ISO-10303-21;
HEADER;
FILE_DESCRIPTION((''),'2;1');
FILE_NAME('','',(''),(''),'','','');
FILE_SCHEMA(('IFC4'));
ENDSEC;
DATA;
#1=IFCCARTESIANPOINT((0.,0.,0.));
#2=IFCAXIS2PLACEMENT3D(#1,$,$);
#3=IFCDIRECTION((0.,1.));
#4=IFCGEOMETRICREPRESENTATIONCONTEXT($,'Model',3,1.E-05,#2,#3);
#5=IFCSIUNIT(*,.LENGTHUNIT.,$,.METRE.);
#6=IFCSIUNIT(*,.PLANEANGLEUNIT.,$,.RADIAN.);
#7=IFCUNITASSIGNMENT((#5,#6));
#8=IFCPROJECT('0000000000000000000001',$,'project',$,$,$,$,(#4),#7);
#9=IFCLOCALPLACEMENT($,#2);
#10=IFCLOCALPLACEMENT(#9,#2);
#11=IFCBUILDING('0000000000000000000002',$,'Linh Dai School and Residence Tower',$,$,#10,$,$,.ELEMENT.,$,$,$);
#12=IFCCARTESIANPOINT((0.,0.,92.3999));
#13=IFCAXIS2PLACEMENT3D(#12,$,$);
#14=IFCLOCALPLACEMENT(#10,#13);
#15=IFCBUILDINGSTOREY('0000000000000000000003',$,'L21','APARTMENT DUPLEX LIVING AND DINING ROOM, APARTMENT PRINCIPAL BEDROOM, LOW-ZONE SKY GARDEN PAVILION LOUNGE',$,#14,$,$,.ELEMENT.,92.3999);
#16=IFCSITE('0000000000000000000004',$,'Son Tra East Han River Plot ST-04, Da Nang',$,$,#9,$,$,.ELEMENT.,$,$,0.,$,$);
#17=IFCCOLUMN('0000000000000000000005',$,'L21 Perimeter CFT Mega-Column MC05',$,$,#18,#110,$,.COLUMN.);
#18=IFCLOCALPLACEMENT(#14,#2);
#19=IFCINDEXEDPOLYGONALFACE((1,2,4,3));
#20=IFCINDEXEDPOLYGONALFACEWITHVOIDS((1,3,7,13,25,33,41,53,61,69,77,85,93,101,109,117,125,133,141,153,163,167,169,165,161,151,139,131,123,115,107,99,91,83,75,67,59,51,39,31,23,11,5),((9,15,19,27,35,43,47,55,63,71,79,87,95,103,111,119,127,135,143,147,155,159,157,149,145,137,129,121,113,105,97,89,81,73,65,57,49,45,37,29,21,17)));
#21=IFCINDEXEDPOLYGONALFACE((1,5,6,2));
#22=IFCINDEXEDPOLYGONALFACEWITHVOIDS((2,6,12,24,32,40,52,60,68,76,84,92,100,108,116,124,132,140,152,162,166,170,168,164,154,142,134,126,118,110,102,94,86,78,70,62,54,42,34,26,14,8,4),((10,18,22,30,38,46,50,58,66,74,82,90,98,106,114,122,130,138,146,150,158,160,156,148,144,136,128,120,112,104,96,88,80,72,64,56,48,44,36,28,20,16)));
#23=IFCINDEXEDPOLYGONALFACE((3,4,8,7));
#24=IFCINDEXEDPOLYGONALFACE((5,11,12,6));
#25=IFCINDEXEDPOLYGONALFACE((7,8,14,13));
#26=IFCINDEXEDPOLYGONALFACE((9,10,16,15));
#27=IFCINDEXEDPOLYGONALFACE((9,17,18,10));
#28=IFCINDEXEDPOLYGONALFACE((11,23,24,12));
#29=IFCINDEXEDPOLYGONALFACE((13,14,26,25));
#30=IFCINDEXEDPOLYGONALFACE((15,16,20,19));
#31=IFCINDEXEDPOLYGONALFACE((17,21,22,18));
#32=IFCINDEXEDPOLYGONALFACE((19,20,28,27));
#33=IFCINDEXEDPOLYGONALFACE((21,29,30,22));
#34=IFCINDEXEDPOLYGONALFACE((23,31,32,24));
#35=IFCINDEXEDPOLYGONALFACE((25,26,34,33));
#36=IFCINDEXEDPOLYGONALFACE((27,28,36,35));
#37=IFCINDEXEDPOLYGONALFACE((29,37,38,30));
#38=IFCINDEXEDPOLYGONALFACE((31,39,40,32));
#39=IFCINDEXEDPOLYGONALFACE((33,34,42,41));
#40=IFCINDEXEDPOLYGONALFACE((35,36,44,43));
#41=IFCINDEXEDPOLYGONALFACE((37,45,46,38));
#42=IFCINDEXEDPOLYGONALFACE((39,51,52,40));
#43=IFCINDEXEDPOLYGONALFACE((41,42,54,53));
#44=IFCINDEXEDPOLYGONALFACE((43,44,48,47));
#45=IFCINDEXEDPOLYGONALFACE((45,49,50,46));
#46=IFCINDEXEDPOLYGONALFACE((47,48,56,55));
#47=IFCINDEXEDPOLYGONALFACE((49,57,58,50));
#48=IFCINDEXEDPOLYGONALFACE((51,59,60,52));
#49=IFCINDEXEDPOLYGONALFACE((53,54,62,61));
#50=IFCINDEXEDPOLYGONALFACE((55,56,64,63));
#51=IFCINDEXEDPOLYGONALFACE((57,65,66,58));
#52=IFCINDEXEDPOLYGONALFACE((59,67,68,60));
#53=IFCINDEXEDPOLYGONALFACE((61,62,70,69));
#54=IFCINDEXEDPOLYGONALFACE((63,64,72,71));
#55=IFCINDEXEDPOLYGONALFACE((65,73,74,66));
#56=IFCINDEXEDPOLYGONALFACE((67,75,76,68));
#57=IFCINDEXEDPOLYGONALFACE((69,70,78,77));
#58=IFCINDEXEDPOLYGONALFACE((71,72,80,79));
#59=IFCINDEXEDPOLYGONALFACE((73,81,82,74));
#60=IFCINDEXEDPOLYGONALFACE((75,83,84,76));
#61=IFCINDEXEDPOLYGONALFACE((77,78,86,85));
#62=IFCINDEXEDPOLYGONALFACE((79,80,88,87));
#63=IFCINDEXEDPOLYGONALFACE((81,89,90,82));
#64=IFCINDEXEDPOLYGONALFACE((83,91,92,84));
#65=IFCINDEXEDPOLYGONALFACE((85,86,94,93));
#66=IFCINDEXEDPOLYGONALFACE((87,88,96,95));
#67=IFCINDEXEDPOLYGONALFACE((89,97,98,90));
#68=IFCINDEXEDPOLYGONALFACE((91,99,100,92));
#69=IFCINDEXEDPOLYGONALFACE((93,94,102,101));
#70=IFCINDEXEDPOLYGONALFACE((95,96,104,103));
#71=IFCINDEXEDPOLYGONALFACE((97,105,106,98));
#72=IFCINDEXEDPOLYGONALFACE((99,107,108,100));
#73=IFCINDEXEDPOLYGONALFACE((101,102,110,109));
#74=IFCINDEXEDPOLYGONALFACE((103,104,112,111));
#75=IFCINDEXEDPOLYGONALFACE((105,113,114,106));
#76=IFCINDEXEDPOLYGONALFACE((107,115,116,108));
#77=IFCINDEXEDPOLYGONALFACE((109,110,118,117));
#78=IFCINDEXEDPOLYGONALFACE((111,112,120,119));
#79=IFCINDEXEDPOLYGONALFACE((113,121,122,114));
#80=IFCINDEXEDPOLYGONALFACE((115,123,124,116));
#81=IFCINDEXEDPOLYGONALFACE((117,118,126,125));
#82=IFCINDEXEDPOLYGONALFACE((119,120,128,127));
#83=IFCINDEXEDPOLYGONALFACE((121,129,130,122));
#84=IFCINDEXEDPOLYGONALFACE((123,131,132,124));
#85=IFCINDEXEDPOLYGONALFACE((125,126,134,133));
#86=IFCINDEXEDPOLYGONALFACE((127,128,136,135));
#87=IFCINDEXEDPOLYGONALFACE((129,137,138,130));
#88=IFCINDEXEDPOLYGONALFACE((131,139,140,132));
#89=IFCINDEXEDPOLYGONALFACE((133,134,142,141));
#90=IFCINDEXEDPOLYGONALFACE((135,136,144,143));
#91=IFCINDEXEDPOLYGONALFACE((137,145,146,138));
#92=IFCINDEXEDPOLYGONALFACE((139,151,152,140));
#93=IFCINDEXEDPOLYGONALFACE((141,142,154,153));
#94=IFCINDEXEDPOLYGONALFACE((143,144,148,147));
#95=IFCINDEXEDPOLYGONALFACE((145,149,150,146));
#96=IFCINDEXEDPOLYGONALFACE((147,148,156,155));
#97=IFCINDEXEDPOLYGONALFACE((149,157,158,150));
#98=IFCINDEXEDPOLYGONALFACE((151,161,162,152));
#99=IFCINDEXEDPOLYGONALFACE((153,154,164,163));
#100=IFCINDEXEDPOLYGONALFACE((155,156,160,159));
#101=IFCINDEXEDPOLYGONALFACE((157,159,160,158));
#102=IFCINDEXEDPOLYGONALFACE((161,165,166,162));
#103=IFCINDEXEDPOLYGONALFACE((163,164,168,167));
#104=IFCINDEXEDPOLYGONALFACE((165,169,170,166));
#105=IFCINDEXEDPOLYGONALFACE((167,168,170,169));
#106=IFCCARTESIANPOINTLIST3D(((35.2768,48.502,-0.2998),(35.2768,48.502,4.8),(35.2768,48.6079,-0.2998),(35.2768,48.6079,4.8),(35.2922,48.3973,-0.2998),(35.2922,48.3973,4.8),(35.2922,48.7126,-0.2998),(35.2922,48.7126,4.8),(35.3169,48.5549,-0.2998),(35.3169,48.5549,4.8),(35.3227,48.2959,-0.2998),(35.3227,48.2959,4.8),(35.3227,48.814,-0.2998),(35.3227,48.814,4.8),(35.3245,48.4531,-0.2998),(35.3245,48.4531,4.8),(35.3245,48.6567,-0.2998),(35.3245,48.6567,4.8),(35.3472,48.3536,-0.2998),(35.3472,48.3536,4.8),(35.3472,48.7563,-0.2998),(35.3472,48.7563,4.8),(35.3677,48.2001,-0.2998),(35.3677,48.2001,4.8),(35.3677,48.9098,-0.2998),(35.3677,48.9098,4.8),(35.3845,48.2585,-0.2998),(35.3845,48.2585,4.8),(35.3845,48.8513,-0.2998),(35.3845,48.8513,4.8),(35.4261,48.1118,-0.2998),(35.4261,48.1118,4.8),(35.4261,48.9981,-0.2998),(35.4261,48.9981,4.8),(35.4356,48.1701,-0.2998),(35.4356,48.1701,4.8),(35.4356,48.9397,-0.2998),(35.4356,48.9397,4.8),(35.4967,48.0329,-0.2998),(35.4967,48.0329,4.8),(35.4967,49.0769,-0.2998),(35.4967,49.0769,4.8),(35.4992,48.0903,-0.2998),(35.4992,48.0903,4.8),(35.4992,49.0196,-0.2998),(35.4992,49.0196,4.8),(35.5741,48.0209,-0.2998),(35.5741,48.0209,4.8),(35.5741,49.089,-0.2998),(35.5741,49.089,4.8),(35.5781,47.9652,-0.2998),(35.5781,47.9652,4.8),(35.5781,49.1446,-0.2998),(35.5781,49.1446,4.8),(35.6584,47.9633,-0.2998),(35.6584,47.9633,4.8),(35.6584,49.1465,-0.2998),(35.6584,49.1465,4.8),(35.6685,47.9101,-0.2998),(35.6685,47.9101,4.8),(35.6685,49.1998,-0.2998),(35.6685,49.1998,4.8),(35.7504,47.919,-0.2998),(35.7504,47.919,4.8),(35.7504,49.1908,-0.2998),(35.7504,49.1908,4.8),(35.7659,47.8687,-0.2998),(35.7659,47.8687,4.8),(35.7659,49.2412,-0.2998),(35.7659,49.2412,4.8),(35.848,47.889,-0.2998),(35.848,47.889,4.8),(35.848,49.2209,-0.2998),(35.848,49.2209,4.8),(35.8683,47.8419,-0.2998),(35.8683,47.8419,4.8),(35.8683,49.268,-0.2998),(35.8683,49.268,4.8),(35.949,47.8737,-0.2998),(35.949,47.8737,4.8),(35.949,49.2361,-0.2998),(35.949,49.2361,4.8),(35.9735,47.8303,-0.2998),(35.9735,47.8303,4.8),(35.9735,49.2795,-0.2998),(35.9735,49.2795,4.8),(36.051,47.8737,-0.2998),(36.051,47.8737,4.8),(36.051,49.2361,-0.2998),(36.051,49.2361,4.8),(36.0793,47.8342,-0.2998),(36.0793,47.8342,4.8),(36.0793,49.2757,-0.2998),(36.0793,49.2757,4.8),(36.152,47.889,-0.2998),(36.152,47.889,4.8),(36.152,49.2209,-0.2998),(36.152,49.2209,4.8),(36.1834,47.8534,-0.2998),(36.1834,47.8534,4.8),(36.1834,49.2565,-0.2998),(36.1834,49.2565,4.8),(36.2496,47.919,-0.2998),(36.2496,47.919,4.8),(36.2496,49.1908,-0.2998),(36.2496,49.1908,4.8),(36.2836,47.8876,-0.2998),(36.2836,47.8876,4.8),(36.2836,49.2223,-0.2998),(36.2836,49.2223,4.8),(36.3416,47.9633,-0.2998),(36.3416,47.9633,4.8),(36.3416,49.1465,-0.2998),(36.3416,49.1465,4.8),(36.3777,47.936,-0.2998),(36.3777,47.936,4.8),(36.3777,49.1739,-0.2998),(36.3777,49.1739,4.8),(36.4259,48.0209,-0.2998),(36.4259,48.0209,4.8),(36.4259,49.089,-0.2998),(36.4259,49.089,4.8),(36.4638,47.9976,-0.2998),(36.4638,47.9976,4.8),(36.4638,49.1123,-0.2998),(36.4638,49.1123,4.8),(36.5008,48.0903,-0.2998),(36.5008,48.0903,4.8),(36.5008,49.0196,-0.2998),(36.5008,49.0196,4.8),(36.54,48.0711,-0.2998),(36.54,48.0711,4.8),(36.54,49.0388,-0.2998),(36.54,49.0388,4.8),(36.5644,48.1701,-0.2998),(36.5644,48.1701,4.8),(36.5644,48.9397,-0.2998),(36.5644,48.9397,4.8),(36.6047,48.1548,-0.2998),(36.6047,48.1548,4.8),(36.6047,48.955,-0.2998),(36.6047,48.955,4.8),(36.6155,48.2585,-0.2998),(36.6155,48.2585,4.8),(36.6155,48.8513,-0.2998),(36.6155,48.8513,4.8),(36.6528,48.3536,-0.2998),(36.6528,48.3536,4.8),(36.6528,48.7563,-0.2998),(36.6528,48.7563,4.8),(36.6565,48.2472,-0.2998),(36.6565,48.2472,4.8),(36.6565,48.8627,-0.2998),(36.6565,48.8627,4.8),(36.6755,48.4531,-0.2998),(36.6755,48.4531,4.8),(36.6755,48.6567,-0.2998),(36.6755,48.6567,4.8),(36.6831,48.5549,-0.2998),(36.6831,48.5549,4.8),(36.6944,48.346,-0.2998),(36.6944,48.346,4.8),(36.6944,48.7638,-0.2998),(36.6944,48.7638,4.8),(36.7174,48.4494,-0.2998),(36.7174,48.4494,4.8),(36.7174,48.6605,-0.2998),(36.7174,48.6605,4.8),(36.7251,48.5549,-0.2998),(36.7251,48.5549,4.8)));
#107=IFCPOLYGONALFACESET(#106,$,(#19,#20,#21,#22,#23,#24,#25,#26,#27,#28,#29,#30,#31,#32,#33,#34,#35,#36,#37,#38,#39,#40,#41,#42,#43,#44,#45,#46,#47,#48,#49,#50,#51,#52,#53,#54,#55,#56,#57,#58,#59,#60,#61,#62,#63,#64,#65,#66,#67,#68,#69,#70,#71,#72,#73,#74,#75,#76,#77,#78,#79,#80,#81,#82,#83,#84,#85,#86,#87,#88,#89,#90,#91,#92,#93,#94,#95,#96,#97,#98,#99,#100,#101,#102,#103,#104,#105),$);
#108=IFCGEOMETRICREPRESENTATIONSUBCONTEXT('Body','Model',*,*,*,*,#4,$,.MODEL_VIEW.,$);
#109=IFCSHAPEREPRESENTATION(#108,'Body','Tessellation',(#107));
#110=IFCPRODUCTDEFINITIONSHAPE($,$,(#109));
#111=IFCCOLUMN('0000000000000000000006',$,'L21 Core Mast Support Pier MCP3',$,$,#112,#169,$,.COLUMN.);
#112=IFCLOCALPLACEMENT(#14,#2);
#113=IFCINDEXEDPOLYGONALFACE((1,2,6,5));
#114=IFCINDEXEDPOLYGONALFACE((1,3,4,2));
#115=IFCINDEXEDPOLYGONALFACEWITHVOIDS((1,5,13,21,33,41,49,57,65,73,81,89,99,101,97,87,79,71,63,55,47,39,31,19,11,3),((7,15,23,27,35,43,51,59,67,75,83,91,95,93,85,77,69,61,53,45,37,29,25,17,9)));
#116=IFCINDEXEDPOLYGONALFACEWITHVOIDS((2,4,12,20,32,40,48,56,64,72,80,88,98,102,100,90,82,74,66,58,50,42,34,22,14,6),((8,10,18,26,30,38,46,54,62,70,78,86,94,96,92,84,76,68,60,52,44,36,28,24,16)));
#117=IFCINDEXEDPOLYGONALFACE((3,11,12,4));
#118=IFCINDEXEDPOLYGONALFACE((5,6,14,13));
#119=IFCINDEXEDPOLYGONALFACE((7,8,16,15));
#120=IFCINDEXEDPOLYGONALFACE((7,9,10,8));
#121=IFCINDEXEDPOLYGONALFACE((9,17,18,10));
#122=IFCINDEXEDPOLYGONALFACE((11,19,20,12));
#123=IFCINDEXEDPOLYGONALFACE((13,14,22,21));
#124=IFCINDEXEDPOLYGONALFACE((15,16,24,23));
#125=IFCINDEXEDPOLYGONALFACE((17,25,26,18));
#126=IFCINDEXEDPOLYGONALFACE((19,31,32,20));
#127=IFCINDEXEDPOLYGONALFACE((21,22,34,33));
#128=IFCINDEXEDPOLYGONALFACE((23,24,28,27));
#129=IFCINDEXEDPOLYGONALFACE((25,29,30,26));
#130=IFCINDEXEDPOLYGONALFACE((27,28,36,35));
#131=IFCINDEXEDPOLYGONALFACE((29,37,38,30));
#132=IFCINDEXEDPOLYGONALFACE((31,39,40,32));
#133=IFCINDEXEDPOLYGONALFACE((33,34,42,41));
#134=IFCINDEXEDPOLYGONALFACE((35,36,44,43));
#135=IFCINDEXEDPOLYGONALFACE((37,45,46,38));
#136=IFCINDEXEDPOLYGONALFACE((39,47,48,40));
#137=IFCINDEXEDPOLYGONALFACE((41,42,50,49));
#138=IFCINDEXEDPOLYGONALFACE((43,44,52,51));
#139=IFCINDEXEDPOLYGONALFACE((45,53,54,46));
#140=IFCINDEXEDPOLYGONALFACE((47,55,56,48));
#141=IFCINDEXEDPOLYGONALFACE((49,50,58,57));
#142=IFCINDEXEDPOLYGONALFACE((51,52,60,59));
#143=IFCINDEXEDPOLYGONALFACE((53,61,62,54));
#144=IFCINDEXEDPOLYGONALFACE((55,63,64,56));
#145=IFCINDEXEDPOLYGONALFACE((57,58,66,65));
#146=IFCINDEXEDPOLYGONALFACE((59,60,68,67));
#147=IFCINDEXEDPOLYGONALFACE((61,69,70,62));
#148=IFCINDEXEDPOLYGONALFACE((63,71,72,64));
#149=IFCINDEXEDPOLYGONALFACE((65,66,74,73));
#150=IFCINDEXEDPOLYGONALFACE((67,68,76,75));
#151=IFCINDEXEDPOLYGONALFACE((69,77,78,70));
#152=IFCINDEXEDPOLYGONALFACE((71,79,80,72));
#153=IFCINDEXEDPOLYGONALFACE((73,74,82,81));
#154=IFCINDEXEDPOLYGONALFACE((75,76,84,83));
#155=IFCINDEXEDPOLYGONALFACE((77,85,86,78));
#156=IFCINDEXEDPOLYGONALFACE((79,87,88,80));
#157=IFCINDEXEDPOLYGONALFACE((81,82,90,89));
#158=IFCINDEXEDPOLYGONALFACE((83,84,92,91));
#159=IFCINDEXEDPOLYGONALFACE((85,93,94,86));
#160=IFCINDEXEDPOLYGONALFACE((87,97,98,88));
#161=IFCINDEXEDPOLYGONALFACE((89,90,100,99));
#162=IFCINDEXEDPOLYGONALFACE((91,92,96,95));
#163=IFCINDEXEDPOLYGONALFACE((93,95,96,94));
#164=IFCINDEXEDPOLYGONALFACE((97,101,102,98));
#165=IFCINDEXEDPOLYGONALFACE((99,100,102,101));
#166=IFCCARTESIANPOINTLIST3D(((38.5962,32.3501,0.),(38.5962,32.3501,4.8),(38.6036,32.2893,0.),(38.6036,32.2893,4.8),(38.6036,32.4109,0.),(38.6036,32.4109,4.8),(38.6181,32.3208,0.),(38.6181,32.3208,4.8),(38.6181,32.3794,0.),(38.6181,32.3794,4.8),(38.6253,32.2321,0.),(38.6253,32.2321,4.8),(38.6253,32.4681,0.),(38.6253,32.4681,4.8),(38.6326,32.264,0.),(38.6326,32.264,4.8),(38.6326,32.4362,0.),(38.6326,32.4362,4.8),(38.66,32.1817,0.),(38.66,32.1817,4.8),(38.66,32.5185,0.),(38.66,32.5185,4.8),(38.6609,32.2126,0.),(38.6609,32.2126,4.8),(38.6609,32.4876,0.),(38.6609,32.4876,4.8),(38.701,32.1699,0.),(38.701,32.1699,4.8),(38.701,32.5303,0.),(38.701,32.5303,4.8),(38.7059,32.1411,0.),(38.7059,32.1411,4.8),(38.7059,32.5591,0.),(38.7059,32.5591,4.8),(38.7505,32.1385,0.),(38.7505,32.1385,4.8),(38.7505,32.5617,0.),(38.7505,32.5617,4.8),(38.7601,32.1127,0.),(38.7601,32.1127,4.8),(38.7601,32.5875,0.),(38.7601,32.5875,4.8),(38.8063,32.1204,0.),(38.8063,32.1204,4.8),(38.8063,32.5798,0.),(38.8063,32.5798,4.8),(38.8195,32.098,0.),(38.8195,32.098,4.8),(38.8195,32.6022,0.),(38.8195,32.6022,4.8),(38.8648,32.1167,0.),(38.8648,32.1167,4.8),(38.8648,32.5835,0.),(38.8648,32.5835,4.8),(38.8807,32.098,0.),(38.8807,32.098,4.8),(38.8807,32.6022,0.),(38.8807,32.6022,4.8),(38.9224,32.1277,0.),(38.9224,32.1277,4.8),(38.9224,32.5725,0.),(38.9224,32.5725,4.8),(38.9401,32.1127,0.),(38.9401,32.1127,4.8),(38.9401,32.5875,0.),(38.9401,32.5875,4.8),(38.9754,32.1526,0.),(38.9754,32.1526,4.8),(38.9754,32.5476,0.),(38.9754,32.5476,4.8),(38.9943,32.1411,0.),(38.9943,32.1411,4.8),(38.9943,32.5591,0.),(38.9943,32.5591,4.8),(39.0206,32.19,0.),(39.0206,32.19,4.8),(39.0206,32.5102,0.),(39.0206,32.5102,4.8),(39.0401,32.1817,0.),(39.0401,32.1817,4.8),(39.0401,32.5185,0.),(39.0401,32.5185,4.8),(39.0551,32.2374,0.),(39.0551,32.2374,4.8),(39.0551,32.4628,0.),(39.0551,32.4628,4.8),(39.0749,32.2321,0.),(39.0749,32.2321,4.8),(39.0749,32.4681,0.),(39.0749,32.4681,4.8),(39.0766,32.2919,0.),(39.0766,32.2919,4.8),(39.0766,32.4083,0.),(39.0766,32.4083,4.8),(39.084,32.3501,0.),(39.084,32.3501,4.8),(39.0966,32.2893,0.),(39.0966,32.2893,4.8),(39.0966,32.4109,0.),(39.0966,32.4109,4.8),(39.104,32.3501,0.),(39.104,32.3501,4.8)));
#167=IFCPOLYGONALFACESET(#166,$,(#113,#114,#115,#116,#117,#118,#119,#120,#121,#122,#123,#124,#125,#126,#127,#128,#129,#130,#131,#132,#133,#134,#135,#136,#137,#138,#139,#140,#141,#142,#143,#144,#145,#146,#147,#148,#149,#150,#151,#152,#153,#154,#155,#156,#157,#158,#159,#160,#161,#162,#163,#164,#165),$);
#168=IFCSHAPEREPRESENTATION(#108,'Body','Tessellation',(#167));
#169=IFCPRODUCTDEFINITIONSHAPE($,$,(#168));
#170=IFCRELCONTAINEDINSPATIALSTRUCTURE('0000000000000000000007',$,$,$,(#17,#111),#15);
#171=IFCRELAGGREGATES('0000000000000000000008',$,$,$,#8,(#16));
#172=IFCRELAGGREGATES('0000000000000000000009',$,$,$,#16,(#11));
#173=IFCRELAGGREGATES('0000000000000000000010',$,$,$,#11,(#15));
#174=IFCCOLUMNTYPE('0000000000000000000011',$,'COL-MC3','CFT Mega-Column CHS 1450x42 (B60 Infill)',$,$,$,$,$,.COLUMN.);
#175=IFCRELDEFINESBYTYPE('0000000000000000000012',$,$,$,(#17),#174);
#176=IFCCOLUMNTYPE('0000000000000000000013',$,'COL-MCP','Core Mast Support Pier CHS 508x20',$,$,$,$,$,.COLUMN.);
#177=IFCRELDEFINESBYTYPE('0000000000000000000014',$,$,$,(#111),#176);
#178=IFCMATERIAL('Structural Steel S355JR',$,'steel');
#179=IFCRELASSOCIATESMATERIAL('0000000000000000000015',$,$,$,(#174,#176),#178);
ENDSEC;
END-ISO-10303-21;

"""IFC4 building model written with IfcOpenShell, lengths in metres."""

from ifc_helpers import new_model, si_unit, direction, frame, origin, origin_2d, place, context, subcontext, project, spatial, hollow_circle, extrude, material, material_profile, profile_set, type_object, element, save


model = new_model("IFC4")

# Units and contexts
model_context = context("Model", 3, precision=1e-05, world=origin(), true_north=direction((0.0, 1.0)))
body_context = subcontext(model_context, "Body", "Model", "MODEL_VIEW")
ifc_project = project(units=[si_unit("LENGTHUNIT", "METRE"), si_unit("PLANEANGLEUNIT", "RADIAN")], contexts=[model_context])

# Site, building, storey
site_placement = place(None, origin())
site = spatial("IfcSite", under=ifc_project, at=site_placement, Name="Son Tra East Han River Plot ST-04, Da Nang", CompositionType="ELEMENT", RefElevation=0.0)
building_placement = place(site_placement, origin())
building = spatial("IfcBuilding", under=site, at=building_placement, Name="Linh Dai School and Residence Tower", CompositionType="ELEMENT")
storey_placement = place(building_placement, frame((0.0, 0.0, 92.3999)))
storey = spatial("IfcBuildingStorey", under=building, at=storey_placement, Name="L21", Description="APARTMENT DUPLEX LIVING AND DINING ROOM, APARTMENT PRINCIPAL BEDROOM, LOW-ZONE SKY GARDEN PAVILION LOUNGE", CompositionType="ELEMENT", Elevation=92.3999)

# Columns
ifc_material_1 = material(Name="Structural Steel S355JR", Category="steel")
ifc_material_profile_1 = material_profile(ifc_material_1, hollow_circle(Radius=0.7251, WallThickness=0.042, at=origin_2d()), Name="CHS 1450x42")
ifc_profile_set_1 = profile_set([ifc_material_profile_1], Name="Structural Steel S355JR")
column_type_1 = type_object("IfcColumnType", Name="COL-MC3", Description="CFT Mega-Column CHS 1450x42 (B60 Infill)", PredefinedType="COLUMN", material=ifc_profile_set_1)
column_1_placement = place(storey_placement, frame((36.0, 48.5549, -0.2998), z_axis=(0.0, 0.0, 1.0), x_axis=(1.0, 0.0, 0.0)))
element("IfcColumn", 1, at=column_1_placement, inside=storey, type_object=column_type_1, Name="L21 Perimeter CFT Mega-Column MC05", PredefinedType="COLUMN", context=body_context, shape_type="SweptSolid", body=[
    extrude(hollow_circle(Radius=0.7251, WallThickness=0.042, at=origin_2d()), origin(), (0.0, 0.0, 1.0), 5.0999),
])
ifc_material_profile_2 = material_profile(ifc_material_1, hollow_circle(Radius=0.2539, WallThickness=0.02, at=origin_2d()), Name="CHS 508x20")
ifc_profile_set_2 = profile_set([ifc_material_profile_2], Name="Structural Steel S355JR")
column_type_2 = type_object("IfcColumnType", Name="COL-MCP", Description="Core Mast Support Pier CHS 508x20", PredefinedType="COLUMN", material=ifc_profile_set_2)
column_2_placement = place(storey_placement, frame((38.8501, 32.3501, 0.0), z_axis=(0.0, 0.0, 1.0), x_axis=(1.0, 0.0, 0.0)))
element("IfcColumn", 2, at=column_2_placement, inside=storey, type_object=column_type_2, Name="L21 Core Mast Support Pier MCP3", PredefinedType="COLUMN", context=body_context, shape_type="SweptSolid", body=[
    extrude(hollow_circle(Radius=0.2539, WallThickness=0.02, at=origin_2d()), origin(), (0.0, 0.0, 1.0), 4.8),
])

save(model, "model.ifc")
